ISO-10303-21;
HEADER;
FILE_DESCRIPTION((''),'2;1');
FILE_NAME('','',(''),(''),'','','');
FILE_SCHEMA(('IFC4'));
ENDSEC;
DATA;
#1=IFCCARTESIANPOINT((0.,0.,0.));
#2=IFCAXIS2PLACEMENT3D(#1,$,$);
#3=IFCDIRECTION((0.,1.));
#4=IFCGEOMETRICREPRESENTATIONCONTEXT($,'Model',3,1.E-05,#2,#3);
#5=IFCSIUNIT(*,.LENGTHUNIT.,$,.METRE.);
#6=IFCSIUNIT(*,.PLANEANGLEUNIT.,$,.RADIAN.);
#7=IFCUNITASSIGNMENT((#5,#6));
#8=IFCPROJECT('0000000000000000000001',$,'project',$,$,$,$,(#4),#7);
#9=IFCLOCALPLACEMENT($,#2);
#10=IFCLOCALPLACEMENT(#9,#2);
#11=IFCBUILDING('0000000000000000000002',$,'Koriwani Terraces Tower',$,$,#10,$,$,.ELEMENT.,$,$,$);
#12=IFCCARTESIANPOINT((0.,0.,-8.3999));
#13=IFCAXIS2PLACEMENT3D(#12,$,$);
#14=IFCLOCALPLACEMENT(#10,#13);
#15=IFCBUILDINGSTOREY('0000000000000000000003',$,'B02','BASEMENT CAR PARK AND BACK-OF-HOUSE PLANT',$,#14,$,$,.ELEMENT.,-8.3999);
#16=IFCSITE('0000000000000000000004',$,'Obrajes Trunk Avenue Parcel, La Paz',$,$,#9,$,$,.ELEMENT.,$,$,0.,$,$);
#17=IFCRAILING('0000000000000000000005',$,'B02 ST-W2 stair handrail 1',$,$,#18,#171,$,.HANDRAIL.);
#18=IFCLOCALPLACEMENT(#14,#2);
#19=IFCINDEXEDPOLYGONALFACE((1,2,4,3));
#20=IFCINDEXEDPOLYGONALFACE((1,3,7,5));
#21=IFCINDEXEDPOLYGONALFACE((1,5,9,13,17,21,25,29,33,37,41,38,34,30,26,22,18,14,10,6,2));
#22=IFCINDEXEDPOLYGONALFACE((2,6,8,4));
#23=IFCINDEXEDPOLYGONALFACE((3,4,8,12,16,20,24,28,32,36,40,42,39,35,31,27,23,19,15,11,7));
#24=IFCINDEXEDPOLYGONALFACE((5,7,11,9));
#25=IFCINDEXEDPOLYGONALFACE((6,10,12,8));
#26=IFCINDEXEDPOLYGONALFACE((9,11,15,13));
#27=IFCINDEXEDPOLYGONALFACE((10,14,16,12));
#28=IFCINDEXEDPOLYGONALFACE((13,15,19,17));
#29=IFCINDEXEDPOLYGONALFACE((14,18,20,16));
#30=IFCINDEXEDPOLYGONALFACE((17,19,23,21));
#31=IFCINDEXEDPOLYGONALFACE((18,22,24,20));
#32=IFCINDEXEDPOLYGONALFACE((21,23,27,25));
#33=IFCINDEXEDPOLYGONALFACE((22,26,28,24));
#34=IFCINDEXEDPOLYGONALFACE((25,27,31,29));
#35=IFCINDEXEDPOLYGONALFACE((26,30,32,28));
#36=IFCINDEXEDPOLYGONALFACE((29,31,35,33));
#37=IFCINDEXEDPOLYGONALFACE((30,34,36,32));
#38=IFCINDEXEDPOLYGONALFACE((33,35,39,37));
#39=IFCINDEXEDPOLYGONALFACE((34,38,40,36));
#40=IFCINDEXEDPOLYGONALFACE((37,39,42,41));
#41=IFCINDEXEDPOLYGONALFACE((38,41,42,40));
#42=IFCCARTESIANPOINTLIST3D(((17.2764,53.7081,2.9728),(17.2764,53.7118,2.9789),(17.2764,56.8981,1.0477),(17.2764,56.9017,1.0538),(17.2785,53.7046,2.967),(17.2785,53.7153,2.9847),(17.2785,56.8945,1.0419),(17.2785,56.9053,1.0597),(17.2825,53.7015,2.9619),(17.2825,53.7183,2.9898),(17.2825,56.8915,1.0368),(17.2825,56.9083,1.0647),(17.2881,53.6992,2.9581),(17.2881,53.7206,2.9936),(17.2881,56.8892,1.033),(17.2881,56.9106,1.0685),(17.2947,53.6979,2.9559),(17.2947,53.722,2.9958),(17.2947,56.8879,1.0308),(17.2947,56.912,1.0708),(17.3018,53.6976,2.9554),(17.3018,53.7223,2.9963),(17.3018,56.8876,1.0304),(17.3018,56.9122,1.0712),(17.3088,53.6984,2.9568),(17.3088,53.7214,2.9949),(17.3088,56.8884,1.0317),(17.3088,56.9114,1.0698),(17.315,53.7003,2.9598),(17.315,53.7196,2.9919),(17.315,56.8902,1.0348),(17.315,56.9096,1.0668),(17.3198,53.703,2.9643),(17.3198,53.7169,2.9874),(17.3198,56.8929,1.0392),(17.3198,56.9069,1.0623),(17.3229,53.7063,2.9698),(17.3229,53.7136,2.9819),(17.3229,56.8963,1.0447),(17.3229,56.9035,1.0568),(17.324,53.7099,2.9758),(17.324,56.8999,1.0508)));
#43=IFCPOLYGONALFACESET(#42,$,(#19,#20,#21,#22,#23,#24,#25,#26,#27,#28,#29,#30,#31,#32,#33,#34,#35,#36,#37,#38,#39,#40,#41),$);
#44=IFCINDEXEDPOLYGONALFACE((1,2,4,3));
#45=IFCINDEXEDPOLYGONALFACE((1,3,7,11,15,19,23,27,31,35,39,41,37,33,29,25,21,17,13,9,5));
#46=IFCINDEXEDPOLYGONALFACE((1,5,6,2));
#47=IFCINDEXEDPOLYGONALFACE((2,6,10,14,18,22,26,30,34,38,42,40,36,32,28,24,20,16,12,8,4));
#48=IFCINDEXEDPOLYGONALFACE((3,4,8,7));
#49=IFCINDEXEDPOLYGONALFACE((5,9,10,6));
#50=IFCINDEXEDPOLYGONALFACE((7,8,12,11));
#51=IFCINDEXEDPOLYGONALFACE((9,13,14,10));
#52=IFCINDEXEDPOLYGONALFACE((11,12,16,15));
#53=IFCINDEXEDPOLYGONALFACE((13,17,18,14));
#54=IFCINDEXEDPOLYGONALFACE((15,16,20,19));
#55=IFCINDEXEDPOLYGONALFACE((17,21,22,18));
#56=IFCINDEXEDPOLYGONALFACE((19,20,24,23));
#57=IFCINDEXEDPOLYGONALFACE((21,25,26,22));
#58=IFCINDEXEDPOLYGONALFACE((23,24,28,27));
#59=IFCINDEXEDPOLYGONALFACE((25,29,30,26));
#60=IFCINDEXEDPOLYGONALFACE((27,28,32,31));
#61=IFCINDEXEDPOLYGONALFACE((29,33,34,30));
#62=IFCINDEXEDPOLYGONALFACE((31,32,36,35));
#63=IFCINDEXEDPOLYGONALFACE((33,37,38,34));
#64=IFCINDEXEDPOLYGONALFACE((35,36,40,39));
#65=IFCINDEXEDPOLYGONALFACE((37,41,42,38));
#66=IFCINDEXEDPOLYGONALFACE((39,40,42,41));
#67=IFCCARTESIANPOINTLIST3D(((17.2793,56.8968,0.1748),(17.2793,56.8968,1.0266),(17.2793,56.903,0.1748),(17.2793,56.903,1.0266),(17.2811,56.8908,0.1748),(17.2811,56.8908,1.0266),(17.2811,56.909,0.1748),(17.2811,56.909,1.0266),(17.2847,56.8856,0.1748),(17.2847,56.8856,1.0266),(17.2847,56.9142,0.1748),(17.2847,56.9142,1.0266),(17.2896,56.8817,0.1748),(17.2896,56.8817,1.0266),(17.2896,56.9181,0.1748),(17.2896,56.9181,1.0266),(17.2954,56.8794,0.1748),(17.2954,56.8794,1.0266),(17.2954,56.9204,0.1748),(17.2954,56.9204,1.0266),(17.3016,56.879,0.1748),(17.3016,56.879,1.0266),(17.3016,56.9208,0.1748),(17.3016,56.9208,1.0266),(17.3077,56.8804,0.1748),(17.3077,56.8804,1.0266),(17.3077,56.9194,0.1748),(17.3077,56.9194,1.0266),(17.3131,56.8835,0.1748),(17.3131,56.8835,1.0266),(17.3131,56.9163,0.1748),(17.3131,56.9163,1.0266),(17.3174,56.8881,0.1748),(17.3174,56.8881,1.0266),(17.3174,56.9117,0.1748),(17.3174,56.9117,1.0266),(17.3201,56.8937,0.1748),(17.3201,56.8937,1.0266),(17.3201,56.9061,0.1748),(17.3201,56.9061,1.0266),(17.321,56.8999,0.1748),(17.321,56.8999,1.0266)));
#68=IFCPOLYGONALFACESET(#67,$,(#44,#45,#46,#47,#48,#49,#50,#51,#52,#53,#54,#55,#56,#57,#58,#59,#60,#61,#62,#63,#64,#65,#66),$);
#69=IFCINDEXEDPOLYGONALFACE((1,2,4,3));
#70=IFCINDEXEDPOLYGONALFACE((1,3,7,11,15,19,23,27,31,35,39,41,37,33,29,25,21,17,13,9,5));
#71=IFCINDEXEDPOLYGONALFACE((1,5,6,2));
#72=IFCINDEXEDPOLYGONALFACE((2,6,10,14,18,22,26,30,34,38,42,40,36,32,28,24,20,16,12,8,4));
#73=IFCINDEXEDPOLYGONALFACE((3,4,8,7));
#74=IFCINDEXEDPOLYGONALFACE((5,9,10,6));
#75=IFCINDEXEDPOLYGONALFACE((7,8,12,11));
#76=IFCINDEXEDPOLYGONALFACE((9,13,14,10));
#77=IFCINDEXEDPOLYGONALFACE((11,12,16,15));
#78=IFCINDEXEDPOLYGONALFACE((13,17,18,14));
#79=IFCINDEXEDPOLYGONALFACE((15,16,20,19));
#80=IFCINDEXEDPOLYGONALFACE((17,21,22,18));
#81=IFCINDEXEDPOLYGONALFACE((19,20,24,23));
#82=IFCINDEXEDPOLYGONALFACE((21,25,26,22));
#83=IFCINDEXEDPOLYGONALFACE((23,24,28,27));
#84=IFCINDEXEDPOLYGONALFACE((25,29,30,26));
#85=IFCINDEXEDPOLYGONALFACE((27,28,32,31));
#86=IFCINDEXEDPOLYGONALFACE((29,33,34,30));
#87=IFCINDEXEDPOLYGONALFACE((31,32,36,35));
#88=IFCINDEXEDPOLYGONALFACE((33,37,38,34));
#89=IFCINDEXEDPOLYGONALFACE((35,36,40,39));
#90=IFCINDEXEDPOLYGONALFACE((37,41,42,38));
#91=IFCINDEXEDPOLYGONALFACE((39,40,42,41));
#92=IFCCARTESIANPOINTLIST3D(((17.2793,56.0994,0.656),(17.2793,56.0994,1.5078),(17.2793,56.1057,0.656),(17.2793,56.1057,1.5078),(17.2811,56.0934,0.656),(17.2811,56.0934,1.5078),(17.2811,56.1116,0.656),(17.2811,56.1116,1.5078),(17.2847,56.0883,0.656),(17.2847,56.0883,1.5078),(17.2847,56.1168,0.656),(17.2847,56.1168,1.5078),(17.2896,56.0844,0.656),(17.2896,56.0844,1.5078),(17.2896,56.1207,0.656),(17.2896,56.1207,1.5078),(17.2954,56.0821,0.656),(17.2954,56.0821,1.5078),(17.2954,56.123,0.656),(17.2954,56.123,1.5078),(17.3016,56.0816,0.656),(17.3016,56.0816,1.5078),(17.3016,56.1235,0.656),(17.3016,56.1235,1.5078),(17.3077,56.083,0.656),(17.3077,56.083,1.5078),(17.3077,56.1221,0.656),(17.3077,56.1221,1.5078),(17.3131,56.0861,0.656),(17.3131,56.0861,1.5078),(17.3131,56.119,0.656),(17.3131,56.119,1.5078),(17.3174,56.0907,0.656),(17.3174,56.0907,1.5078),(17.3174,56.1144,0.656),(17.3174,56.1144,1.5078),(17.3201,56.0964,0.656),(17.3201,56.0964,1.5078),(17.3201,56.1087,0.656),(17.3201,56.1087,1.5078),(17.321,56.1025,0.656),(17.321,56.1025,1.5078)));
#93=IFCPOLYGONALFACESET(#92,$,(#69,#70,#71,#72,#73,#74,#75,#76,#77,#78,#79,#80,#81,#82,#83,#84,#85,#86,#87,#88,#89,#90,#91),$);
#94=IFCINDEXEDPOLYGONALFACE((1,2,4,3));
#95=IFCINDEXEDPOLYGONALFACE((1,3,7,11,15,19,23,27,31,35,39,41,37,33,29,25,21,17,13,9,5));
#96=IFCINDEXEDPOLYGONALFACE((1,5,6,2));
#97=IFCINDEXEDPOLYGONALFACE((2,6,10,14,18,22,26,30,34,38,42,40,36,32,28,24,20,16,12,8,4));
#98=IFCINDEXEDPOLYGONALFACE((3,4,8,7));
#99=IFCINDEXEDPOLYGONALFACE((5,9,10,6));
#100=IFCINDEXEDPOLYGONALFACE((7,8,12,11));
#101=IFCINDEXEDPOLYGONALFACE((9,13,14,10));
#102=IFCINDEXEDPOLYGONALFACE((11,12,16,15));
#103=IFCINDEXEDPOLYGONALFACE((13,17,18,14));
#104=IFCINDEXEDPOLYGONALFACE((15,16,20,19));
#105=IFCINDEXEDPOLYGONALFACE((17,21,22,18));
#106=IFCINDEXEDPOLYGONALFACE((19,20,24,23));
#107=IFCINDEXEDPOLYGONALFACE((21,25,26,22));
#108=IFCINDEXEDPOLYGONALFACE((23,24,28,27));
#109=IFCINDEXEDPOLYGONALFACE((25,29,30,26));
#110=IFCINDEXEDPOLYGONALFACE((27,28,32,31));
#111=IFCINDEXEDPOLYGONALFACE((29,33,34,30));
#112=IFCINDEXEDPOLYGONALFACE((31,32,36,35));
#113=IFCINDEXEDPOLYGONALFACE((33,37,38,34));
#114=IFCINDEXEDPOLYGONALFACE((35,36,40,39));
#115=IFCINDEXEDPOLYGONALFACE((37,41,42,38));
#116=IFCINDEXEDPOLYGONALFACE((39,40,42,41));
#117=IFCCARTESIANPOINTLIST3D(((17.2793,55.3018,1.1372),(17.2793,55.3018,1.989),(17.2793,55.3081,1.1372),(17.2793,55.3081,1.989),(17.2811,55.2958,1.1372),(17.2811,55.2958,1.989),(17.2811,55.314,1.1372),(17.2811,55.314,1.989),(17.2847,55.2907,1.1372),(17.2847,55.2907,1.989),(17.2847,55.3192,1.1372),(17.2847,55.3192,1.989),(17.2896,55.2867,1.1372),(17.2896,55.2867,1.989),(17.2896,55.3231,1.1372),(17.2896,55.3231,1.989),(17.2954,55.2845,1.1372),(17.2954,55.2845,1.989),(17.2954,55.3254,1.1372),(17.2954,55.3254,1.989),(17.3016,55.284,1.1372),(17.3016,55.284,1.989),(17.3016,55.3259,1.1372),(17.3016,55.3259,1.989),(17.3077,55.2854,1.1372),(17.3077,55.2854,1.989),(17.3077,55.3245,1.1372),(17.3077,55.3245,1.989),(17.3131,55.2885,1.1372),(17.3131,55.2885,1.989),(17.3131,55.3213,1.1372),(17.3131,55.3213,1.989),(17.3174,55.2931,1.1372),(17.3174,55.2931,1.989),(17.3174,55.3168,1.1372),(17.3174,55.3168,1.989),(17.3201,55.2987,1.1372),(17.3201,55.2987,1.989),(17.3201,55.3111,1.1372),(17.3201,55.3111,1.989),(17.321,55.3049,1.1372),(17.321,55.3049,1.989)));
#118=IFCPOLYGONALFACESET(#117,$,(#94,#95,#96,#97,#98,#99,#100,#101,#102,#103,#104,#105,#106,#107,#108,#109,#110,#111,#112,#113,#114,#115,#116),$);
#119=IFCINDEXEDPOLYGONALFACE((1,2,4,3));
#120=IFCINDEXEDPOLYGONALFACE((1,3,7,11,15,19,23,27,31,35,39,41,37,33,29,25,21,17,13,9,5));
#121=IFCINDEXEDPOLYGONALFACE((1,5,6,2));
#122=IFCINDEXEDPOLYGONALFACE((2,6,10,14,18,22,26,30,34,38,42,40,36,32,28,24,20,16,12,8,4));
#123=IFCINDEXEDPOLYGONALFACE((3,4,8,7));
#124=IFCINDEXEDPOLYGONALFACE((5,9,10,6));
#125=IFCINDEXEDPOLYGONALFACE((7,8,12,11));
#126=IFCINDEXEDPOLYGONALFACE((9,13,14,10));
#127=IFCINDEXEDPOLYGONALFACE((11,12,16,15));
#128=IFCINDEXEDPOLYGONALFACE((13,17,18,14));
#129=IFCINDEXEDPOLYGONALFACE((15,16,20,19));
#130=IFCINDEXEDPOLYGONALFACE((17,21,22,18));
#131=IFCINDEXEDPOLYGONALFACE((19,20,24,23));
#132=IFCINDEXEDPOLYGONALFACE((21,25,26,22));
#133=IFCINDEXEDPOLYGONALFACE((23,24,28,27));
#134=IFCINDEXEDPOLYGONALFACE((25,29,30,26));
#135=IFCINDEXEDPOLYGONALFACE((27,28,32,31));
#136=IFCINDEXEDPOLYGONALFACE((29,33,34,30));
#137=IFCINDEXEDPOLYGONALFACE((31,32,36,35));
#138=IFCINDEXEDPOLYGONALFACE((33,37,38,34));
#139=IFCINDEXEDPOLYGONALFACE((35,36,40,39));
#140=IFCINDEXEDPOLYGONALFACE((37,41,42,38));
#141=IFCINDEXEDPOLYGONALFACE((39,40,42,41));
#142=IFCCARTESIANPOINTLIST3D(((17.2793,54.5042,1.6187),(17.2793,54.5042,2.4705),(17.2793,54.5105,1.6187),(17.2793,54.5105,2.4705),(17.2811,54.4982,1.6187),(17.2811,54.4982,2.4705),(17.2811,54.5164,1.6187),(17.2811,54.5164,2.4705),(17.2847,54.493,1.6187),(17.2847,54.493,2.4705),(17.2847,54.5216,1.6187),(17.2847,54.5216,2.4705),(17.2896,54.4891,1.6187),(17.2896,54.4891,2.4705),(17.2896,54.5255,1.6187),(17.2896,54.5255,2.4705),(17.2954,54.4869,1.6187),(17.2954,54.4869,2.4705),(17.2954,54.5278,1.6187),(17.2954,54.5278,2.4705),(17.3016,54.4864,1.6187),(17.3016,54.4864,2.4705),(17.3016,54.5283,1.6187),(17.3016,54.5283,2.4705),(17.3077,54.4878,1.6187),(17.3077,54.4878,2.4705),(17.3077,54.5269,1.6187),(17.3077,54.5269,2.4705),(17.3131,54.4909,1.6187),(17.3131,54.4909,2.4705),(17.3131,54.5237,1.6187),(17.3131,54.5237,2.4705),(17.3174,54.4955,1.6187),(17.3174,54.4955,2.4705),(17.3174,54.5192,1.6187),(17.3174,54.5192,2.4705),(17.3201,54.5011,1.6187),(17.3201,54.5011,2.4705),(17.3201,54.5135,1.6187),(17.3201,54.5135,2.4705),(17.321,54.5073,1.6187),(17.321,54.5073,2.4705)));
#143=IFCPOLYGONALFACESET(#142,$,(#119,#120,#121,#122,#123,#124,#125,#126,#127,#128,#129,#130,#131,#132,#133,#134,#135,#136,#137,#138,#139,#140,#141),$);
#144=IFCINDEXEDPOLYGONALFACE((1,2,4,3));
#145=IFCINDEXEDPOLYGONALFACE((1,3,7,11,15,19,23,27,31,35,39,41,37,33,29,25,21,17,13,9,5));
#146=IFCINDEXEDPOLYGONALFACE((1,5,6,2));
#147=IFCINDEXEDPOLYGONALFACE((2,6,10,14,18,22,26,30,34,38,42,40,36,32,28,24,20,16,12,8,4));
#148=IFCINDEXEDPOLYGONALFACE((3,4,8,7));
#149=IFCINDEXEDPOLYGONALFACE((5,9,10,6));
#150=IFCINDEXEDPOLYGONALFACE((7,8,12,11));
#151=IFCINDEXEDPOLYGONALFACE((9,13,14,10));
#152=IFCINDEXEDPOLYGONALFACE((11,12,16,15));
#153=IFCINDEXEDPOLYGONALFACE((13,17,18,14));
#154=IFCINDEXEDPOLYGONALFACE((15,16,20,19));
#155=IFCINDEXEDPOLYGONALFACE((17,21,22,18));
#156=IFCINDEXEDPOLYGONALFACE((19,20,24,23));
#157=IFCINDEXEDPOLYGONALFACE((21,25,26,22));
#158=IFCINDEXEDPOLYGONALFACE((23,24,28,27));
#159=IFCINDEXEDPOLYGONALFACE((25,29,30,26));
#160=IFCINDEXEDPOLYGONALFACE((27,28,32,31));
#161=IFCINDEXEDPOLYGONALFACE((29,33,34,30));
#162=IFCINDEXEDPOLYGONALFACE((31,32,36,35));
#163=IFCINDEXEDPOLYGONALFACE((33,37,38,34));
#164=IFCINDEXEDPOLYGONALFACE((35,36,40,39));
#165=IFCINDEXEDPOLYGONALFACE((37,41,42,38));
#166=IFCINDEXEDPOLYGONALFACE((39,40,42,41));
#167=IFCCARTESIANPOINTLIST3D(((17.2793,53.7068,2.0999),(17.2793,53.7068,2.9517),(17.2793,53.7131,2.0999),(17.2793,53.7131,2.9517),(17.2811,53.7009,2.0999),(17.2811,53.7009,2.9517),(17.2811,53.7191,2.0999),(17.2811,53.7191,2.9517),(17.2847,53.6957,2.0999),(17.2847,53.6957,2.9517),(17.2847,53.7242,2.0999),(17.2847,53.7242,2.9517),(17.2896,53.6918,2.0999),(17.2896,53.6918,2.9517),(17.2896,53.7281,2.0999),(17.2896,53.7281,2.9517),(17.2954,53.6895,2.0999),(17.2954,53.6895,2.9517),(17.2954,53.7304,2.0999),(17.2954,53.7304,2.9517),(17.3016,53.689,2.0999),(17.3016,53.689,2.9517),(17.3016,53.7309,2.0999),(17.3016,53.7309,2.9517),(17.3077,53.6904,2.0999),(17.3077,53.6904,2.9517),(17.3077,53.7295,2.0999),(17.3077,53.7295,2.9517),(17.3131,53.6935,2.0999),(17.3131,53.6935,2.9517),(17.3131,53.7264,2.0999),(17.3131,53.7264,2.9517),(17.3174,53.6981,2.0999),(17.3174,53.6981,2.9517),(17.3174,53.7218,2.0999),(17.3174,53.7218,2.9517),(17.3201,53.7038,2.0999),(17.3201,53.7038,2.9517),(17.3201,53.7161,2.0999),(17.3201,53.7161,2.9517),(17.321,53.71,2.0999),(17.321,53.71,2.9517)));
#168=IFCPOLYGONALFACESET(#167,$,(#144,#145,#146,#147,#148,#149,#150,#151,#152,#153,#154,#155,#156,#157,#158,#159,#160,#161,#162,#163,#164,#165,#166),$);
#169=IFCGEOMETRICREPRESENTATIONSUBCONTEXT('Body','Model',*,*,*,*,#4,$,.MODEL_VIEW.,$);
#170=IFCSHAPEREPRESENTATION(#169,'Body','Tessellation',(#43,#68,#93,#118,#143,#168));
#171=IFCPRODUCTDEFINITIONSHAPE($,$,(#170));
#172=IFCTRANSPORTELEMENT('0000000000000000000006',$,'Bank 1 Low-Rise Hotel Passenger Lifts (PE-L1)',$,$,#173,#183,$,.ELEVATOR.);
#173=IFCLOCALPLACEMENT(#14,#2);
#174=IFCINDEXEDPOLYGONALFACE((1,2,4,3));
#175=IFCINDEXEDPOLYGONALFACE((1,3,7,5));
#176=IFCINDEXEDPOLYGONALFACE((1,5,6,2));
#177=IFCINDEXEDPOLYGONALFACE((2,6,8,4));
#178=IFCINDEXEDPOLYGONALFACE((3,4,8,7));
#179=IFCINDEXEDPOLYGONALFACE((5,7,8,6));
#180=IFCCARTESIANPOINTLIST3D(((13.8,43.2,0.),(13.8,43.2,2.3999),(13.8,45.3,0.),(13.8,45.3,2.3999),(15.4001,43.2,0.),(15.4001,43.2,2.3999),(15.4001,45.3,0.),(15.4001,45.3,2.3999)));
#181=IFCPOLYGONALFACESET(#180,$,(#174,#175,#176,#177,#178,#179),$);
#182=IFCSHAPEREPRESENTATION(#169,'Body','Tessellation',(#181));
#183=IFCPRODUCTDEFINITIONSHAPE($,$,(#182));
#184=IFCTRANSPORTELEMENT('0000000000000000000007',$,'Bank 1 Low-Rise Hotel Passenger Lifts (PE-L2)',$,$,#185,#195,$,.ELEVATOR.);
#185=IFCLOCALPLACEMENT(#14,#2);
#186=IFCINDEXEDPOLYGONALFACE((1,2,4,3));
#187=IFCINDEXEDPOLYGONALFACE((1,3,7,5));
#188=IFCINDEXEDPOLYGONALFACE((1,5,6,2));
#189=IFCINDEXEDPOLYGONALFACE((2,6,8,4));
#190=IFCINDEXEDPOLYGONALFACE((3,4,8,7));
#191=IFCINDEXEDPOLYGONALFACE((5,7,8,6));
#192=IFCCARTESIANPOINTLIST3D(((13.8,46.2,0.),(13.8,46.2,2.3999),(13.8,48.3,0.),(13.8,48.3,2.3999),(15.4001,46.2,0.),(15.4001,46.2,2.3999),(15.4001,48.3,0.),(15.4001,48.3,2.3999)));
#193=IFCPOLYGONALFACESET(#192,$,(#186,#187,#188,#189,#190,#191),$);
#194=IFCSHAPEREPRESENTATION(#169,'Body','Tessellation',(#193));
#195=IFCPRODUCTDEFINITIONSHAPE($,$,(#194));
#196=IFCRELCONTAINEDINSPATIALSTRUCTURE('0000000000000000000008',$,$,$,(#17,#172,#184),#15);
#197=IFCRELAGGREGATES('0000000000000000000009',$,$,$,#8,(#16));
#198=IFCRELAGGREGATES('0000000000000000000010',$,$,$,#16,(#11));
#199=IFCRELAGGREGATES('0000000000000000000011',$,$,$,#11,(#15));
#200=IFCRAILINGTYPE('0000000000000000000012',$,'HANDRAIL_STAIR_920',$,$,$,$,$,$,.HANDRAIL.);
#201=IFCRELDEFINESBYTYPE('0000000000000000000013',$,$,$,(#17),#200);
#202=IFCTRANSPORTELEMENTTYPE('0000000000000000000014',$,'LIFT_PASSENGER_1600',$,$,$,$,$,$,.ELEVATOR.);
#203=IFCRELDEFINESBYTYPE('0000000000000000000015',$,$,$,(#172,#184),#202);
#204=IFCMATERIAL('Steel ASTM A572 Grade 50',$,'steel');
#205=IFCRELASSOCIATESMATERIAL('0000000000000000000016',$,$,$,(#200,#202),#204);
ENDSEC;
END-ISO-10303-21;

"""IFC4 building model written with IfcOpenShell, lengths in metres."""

from ifc_helpers import new_model, si_unit, direction, frame, origin, origin_2d, place, context, subcontext, project, spatial, rectangle, circle, extrude, material, type_object, element, save


model = new_model("IFC4")

# Units and contexts
model_context = context("Model", 3, precision=1e-05, world=origin(), true_north=direction((0.0, 1.0)))
body_context = subcontext(model_context, "Body", "Model", "MODEL_VIEW")
ifc_project = project(units=[si_unit("LENGTHUNIT", "METRE"), si_unit("PLANEANGLEUNIT", "RADIAN")], contexts=[model_context])

# Site, building, storey
site_placement = place(None, origin())
site = spatial("IfcSite", under=ifc_project, at=site_placement, Name="Obrajes Trunk Avenue Parcel, La Paz", CompositionType="ELEMENT", RefElevation=0.0)
building_placement = place(site_placement, origin())
building = spatial("IfcBuilding", under=site, at=building_placement, Name="Koriwani Terraces Tower", CompositionType="ELEMENT")
storey_placement = place(building_placement, frame((0.0, 0.0, -8.3999)))
storey = spatial("IfcBuildingStorey", under=building, at=storey_placement, Name="B02", Description="BASEMENT CAR PARK AND BACK-OF-HOUSE PLANT", CompositionType="ELEMENT", Elevation=-8.3999)

# Shared definitions
ifc_material_1 = material(Name="Steel ASTM A572 Grade 50", Category="steel")

# Railing
railing_type_1 = type_object("IfcRailingType", Name="HANDRAIL_STAIR_920", PredefinedType="HANDRAIL", material=ifc_material_1)
for number, where, name in (
    (1, (17.3, 56.8999, 0.1748), "B02 ST-W2 stair handrail 1"),
):
    element("IfcRailing", number, at=place(storey_placement, frame(where)), inside=storey, type_object=railing_type_1, Name=name, PredefinedType="HANDRAIL", context=body_context, shape_type="SweptSolid", body=[
        extrude(circle(Radius=0.0239, at=origin_2d()), frame((0.0, 0.0, 0.876), z_axis=(0.0, -0.856178, 0.516682), x_axis=(1.0, 0.0, 0.0)), (0.0, 0.0, 1.0), 3.7258),
        extrude(circle(Radius=0.021, at=origin_2d()), origin(), (0.0, 0.0, 1.0), 0.8518),
        extrude(circle(Radius=0.021, at=origin_2d()), frame((0.0, -0.7974, 0.4812)), (0.0, 0.0, 1.0), 0.8518),
        extrude(circle(Radius=0.021, at=origin_2d()), frame((0.0, -1.595, 0.9624)), (0.0, 0.0, 1.0), 0.8518),
        extrude(circle(Radius=0.021, at=origin_2d()), frame((0.0, -2.3926, 1.4438)), (0.0, 0.0, 1.0), 0.8518),
        extrude(circle(Radius=0.021, at=origin_2d()), frame((0.0, -3.1899, 1.925)), (0.0, 0.0, 1.0), 0.8518),
    ])

# Transport elements
transport_element_type = type_object("IfcTransportElementType", Name="LIFT_PASSENGER_1600", PredefinedType="ELEVATOR", material=ifc_material_1)
for number, where, z_axis, x_axis, name in (
    (2, (14.6001, 44.25, 0.0), (0.0, 0.0, 1.0), (1.0, 0.0, 0.0), "Bank 1 Low-Rise Hotel Passenger Lifts (PE-L1)"),
    (3, (14.6001, 47.25, 0.0), (0.0, 0.0, 1.0), (1.0, 0.0, 0.0), "Bank 1 Low-Rise Hotel Passenger Lifts (PE-L2)"),
):
    element("IfcTransportElement", number, at=place(storey_placement, frame(where, z_axis=z_axis, x_axis=x_axis)), inside=storey, type_object=transport_element_type, Name=name, PredefinedType="ELEVATOR", context=body_context, shape_type="SweptSolid", body=[
        extrude(rectangle(XDim=1.6001, YDim=2.1001, at=origin_2d()), origin(), (0.0, 0.0, 1.0), 2.3999),
    ])

save(model, "model.ifc")
